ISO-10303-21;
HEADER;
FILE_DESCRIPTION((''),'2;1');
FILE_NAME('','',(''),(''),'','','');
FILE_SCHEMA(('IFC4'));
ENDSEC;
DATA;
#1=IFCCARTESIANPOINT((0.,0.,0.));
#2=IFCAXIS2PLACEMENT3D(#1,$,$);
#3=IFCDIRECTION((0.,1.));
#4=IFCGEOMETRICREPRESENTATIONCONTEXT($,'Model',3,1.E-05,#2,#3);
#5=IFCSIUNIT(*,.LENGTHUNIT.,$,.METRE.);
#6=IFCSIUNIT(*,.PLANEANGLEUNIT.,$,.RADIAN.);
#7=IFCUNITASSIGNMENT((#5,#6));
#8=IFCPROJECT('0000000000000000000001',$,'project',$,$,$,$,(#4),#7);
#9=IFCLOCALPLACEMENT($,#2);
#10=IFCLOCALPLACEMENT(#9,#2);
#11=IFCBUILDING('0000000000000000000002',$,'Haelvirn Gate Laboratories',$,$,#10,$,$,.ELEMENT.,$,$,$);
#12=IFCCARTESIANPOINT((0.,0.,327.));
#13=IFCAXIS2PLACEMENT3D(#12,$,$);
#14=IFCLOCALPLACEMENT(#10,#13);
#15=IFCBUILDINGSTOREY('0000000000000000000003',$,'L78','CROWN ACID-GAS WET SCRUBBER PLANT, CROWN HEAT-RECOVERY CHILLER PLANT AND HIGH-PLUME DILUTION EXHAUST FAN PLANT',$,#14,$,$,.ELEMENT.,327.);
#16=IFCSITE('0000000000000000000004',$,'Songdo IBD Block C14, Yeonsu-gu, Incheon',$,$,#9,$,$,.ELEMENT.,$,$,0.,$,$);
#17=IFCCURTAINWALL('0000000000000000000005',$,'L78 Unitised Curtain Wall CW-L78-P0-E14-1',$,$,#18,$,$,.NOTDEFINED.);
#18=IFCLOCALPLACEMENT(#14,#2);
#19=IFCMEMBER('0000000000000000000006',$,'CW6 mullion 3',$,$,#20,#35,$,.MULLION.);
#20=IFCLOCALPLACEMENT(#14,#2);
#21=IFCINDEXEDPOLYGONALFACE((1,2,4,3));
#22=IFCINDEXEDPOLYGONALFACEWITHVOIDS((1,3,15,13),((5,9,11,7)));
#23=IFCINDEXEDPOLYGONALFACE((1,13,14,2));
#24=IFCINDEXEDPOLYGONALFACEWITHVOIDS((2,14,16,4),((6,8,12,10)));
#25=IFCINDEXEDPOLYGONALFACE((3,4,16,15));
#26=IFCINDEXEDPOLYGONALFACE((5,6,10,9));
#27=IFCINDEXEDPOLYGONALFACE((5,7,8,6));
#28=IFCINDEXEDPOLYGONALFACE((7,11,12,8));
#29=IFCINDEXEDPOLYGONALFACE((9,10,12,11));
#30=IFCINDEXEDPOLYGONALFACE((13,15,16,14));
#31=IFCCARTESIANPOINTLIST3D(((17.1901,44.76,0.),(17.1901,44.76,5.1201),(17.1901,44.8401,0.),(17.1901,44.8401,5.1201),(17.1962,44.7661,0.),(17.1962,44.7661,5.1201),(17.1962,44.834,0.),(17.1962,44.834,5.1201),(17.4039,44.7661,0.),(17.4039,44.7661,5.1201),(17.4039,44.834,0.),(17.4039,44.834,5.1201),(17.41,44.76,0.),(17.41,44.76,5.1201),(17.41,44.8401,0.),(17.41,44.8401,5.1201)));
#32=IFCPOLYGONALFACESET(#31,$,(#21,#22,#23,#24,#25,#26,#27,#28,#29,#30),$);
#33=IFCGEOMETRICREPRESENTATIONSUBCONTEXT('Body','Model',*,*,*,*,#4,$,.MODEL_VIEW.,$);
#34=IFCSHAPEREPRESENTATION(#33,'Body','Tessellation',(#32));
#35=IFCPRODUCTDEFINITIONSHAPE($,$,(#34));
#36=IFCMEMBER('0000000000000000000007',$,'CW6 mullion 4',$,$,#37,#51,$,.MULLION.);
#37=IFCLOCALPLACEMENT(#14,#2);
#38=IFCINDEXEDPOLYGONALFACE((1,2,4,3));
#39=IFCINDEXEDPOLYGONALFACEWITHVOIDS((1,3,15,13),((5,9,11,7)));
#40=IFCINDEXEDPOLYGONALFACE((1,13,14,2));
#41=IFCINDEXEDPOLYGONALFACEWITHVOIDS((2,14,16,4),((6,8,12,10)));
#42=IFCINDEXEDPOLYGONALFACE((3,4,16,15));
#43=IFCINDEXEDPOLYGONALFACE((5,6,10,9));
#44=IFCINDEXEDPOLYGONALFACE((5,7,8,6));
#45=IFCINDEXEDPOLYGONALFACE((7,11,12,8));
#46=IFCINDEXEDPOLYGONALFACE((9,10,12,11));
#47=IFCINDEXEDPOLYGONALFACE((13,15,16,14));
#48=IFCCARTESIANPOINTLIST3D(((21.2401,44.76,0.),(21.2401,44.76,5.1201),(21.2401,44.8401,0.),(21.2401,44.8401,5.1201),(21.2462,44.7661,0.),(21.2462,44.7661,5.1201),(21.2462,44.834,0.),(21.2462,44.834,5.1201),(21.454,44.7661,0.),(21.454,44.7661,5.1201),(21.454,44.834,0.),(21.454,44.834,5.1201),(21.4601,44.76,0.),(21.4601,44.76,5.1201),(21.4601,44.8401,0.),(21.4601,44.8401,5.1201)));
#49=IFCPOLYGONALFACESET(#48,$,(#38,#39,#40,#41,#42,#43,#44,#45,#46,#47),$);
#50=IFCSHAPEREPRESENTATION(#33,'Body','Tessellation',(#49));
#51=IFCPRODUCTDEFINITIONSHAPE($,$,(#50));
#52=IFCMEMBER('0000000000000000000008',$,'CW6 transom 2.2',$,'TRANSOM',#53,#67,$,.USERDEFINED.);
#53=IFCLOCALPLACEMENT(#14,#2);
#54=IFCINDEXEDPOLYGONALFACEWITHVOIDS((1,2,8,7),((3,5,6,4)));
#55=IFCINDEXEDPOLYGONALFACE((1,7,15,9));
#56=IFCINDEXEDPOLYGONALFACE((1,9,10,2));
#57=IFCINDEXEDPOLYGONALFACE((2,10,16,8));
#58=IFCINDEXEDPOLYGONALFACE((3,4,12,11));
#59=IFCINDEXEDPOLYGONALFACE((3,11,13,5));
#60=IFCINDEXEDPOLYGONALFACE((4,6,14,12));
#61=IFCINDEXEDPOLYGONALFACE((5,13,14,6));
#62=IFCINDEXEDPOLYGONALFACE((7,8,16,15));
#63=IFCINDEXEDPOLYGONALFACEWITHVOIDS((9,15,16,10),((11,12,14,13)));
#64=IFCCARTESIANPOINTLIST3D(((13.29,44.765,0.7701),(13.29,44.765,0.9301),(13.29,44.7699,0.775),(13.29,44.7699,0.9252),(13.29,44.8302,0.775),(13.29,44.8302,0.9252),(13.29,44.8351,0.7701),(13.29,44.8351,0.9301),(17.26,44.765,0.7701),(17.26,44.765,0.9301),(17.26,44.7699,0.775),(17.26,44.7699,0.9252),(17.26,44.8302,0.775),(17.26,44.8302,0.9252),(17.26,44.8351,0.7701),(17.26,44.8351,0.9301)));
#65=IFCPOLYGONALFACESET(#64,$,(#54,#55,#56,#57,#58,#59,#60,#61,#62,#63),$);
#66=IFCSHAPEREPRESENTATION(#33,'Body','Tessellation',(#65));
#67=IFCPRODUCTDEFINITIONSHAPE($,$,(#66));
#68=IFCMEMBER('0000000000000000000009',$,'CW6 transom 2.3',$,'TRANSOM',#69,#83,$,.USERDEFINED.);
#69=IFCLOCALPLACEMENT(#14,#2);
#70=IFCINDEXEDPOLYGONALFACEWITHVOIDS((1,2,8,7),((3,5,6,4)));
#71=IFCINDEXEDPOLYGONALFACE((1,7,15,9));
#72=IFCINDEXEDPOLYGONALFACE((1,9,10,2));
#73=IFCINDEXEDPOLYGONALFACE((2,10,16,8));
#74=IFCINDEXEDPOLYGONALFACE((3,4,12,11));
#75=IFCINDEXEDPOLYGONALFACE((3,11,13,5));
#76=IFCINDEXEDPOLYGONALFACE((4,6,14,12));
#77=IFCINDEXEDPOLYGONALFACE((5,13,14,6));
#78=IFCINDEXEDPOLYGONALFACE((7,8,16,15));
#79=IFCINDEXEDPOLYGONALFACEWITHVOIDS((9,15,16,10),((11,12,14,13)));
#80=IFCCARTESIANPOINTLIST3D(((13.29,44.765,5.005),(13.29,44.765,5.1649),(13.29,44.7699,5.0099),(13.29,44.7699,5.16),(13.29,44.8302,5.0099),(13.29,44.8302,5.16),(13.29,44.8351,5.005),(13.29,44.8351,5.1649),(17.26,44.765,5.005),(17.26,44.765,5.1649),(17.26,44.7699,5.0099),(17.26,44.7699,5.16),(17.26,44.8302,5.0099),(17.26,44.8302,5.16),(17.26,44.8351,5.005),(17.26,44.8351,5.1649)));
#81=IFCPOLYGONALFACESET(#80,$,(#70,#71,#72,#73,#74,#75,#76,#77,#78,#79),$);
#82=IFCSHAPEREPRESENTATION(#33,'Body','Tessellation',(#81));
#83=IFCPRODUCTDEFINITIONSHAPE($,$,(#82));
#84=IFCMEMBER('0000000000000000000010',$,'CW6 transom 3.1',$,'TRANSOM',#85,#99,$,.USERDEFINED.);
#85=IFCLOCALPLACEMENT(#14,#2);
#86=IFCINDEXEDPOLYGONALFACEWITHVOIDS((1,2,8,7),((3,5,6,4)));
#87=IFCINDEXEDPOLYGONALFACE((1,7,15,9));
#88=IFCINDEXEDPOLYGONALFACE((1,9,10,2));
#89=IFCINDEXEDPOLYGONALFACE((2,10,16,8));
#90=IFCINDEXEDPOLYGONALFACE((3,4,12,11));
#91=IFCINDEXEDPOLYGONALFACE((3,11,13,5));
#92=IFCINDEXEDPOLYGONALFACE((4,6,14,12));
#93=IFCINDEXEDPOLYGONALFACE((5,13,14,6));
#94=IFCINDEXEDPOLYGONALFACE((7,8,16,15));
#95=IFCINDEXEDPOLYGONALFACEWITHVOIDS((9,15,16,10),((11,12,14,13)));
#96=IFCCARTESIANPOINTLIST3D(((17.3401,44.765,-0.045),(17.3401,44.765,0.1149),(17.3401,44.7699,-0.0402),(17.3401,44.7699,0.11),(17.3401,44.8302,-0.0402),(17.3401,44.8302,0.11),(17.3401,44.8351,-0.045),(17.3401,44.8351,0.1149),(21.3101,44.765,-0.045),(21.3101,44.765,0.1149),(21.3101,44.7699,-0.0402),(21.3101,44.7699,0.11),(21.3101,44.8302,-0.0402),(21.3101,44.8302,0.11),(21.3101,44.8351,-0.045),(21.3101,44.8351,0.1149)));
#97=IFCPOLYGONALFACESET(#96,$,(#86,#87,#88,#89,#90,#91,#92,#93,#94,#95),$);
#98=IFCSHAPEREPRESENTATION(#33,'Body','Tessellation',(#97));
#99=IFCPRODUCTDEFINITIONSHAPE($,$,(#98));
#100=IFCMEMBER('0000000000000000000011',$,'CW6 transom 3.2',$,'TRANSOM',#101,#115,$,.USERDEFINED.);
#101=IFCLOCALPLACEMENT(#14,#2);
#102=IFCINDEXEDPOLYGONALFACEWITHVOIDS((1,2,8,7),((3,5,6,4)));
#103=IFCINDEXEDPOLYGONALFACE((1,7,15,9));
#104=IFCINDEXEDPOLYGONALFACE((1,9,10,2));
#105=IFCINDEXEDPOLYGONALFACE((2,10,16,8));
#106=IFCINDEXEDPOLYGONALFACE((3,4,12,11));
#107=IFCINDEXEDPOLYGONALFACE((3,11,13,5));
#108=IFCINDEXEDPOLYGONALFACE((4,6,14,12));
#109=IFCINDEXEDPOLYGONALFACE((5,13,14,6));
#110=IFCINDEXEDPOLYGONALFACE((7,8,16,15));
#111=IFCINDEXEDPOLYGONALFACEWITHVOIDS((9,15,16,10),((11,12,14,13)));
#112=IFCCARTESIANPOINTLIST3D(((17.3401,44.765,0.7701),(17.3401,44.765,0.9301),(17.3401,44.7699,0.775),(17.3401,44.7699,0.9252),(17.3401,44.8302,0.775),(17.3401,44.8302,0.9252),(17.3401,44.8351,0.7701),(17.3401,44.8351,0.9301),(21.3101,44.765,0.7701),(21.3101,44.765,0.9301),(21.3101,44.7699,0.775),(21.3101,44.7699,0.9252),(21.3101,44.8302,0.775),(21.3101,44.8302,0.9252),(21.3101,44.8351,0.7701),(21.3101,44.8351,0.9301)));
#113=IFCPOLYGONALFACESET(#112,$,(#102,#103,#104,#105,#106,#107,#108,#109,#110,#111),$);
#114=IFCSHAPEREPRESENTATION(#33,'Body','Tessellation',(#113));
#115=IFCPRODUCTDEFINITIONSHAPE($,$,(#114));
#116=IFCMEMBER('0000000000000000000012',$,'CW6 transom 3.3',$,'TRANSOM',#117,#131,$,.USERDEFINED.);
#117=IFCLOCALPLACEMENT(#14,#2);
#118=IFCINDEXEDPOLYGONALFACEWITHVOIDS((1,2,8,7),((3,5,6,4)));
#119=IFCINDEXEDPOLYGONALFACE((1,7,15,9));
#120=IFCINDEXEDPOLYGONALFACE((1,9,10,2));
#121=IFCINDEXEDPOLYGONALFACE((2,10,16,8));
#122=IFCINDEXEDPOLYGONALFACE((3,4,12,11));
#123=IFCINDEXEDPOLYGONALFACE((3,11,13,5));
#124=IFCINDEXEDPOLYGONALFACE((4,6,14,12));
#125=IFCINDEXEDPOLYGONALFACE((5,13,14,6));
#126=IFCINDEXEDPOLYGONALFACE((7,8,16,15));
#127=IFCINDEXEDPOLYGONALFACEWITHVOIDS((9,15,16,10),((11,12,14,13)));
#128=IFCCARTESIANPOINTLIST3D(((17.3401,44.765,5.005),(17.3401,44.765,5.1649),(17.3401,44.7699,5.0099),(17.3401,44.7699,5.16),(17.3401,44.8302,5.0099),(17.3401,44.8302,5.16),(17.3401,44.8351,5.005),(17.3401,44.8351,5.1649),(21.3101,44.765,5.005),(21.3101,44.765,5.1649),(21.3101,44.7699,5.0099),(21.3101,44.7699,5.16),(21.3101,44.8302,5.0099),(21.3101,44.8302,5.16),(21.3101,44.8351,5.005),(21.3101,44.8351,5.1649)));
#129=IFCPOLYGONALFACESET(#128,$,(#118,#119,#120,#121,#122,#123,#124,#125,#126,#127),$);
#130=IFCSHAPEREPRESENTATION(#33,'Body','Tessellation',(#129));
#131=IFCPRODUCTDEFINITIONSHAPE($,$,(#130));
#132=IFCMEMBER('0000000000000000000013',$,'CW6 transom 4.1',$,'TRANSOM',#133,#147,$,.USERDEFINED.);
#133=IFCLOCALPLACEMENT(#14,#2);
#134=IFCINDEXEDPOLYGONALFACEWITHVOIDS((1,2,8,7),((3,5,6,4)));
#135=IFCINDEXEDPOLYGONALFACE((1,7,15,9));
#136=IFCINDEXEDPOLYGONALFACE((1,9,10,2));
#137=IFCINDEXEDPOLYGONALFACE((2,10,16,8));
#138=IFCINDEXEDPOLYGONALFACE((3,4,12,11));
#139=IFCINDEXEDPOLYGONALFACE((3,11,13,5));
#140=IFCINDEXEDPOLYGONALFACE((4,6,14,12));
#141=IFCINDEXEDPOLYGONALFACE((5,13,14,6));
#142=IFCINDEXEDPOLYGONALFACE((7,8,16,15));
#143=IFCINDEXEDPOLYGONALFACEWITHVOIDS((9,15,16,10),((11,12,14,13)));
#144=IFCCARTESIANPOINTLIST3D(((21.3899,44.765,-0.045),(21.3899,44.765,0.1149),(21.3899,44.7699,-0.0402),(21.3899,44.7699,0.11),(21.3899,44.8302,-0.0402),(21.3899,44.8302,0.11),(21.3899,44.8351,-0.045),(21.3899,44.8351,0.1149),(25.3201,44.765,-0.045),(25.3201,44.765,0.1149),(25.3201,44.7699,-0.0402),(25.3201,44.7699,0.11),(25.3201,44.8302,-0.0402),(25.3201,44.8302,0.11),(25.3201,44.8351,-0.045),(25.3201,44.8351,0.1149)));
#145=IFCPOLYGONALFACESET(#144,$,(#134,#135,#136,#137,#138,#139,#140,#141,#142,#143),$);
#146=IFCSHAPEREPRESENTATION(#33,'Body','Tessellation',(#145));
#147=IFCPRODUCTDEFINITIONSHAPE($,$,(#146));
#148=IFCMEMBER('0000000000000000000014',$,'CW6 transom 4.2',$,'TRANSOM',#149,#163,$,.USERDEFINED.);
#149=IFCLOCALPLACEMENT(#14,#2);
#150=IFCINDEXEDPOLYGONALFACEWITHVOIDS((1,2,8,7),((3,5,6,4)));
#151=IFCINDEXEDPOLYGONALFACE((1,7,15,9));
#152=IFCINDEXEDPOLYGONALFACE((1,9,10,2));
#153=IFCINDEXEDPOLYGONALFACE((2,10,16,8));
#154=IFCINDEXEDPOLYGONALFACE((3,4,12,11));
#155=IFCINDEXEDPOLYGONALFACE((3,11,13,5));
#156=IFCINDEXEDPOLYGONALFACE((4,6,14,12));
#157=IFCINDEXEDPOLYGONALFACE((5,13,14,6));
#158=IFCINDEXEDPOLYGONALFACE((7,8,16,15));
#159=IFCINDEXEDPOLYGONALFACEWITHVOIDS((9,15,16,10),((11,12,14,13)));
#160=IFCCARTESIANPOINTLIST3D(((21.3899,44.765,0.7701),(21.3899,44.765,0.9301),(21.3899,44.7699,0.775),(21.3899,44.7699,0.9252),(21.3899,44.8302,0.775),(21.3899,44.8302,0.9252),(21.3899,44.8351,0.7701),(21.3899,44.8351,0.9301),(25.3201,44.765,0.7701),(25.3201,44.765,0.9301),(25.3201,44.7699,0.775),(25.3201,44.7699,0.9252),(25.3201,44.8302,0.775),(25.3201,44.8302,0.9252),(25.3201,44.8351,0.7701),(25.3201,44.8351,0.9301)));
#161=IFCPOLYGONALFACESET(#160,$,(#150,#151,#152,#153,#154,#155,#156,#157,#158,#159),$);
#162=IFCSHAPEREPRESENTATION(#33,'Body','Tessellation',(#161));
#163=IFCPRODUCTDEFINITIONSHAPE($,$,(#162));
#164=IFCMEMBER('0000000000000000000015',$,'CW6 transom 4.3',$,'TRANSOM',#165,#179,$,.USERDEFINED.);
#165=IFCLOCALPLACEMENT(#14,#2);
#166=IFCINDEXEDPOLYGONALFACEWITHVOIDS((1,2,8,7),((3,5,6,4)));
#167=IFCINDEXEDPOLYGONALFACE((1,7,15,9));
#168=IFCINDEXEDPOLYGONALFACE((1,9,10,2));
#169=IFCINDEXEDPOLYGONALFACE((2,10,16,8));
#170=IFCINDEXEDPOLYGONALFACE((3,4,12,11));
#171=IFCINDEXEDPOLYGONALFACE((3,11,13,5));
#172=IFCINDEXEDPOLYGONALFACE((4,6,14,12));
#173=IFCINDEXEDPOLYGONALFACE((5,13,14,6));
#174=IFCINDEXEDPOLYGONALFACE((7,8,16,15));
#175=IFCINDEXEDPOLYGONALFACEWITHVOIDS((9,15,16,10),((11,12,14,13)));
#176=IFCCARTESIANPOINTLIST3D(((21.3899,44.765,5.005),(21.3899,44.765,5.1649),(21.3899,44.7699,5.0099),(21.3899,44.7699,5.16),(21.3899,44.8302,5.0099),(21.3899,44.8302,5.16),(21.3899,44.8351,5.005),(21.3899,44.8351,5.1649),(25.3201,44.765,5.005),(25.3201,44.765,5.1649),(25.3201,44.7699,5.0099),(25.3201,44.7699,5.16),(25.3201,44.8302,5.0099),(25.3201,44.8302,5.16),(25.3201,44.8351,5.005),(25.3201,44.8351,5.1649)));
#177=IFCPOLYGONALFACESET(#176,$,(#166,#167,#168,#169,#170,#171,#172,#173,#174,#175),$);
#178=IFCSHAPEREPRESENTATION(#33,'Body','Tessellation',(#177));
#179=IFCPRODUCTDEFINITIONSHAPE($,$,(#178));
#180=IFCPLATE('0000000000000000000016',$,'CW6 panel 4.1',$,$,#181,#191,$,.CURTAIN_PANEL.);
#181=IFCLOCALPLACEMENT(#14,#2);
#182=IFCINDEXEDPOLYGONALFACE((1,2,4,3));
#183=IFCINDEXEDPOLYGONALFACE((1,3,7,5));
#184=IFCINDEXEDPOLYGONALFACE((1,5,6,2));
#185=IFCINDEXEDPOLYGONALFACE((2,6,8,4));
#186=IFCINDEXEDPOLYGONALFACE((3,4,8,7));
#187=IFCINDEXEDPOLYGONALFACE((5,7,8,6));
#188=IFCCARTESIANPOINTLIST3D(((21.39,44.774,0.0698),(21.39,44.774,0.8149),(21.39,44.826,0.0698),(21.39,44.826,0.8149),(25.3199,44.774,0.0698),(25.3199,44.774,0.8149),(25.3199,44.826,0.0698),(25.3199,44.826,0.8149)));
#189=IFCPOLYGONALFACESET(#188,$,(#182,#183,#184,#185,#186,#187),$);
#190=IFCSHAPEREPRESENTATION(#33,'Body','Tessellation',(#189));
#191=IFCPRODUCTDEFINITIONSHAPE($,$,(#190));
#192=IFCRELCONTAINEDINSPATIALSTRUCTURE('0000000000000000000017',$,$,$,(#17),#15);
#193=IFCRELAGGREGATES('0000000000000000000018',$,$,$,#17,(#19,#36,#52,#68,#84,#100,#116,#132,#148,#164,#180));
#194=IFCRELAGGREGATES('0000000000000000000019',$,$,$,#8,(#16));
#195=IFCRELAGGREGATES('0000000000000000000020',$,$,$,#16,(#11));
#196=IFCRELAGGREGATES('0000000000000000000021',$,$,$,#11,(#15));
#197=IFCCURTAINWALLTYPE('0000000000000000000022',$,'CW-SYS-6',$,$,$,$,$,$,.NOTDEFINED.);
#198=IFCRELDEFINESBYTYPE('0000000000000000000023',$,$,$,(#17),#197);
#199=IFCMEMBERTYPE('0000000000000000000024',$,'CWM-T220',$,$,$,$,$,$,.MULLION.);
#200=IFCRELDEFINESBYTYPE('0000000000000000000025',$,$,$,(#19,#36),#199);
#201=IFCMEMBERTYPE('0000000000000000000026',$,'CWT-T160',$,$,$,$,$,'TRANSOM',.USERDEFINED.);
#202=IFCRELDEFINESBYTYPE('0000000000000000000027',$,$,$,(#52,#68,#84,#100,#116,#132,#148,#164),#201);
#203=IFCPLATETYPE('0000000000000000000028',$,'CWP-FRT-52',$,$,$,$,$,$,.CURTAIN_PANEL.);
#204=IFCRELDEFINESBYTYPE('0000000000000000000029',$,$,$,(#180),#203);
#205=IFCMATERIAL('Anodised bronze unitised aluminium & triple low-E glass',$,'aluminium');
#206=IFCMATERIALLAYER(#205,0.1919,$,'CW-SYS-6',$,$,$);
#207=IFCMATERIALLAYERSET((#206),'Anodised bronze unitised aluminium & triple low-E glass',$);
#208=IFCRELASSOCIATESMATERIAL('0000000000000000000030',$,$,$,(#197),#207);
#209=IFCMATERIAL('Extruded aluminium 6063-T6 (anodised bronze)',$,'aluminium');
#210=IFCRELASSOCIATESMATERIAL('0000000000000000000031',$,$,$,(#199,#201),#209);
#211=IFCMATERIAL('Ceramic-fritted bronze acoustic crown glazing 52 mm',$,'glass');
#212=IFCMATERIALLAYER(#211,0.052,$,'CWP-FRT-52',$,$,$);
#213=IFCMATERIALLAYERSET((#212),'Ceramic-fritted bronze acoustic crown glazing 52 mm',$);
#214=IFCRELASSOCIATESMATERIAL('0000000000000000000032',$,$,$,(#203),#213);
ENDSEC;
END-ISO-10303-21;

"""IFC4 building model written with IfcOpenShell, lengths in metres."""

from ifc_helpers import new_model, si_unit, direction, frame, origin, origin_2d, place, context, subcontext, project, spatial, rectangle, hollow_rectangle, extrude, source, transform, mapped, material, layer, layer_set, material_profile, profile_set, type_object, type_shapes, element, aggregate, save


model = new_model("IFC4")

# Units and contexts
model_context = context("Model", 3, precision=1e-05, world=origin(), true_north=direction((0.0, 1.0)))
body_context = subcontext(model_context, "Body", "Model", "MODEL_VIEW")
ifc_project = project(units=[si_unit("LENGTHUNIT", "METRE"), si_unit("PLANEANGLEUNIT", "RADIAN")], contexts=[model_context])

# Site, building, storey
site_placement = place(None, origin())
site = spatial("IfcSite", under=ifc_project, at=site_placement, Name="Songdo IBD Block C14, Yeonsu-gu, Incheon", CompositionType="ELEMENT", RefElevation=0.0)
building_placement = place(site_placement, origin())
building = spatial("IfcBuilding", under=site, at=building_placement, Name="Haelvirn Gate Laboratories", CompositionType="ELEMENT")
storey_placement = place(building_placement, frame((0.0, 0.0, 327.0)))
storey = spatial("IfcBuildingStorey", under=building, at=storey_placement, Name="L78", Description="CROWN ACID-GAS WET SCRUBBER PLANT, CROWN HEAT-RECOVERY CHILLER PLANT AND HIGH-PLUME DILUTION EXHAUST FAN PLANT", CompositionType="ELEMENT", Elevation=327.0)

# Curtain wall, members, plate
ifc_material_1 = material(Name="Anodised bronze unitised aluminium & triple low-E glass", Category="aluminium")
ifc_layer_1 = layer(ifc_material_1, 0.1919, Name="CW-SYS-6")
ifc_layer_set_1 = layer_set([ifc_layer_1], Name="Anodised bronze unitised aluminium & triple low-E glass")
curtain_wall_type = type_object("IfcCurtainWallType", Name="CW-SYS-6", PredefinedType="NOTDEFINED", material=ifc_layer_set_1)
curtain_wall_placement = place(storey_placement, origin())
curtain_wall = element("IfcCurtainWall", 1, at=curtain_wall_placement, inside=storey, type_object=curtain_wall_type, Name="L78 Unitised Curtain Wall CW-L78-P0-E14-1", PredefinedType="NOTDEFINED")
ifc_material_2 = material(Name="Extruded aluminium 6063-T6 (anodised bronze)", Category="aluminium")
ifc_material_profile_1 = material_profile(ifc_material_2, hollow_rectangle(XDim=0.0801, YDim=0.22, WallThickness=0.0061, at=origin_2d()), Name="CWM-220x80x6")
ifc_profile_set_1 = profile_set([ifc_material_profile_1], Name="Extruded aluminium 6063-T6 (anodised bronze)")
member_type_1 = type_object("IfcMemberType", Name="CWM-T220", PredefinedType="MULLION", material=ifc_profile_set_1)
shared_shape_1 = source(origin(), body_context, "Body", "SweptSolid", [
    extrude(hollow_rectangle(XDim=0.0801, YDim=0.22, WallThickness=0.0061, at=origin_2d()), origin(), (0.0, 0.0, 1.0), 5.1201),
])
type_shapes(member_type_1, [shared_shape_1])
member_1_placement = place(storey_placement, frame((17.3, 44.8, 0.0), z_axis=(0.0, 0.0, 1.0), x_axis=(0.0, 1.0, 0.0)))
member_1 = element("IfcMember", 2, at=member_1_placement, type_object=member_type_1, Name="CW6 mullion 3", PredefinedType="MULLION", context=body_context, shape_type="MappedRepresentation", body=[
    mapped(shared_shape_1, transform((0.0, 0.0, 0.0), scale=1.0)),
])
member_2_placement = place(storey_placement, frame((21.3501, 44.8, 0.0), z_axis=(0.0, 0.0, 1.0), x_axis=(0.0, 1.0, 0.0)))
member_2 = element("IfcMember", 3, at=member_2_placement, type_object=member_type_1, Name="CW6 mullion 4", PredefinedType="MULLION", context=body_context, shape_type="MappedRepresentation", body=[
    mapped(shared_shape_1, transform((0.0, 0.0, 0.0), scale=1.0)),
])
ifc_material_profile_2 = material_profile(ifc_material_2, hollow_rectangle(XDim=0.0701, YDim=0.1599, WallThickness=0.0049, at=origin_2d()), Name="CWT-160x70x5")
ifc_profile_set_2 = profile_set([ifc_material_profile_2], Name="Extruded aluminium 6063-T6 (anodised bronze)")
member_type_2 = type_object("IfcMemberType", Name="CWT-T160", ElementType="TRANSOM", PredefinedType="USERDEFINED", material=ifc_profile_set_2)
shared_shape_2 = source(origin(), body_context, "Body", "SweptSolid", [
    extrude(hollow_rectangle(XDim=0.0701, YDim=0.1599, WallThickness=0.0049, at=origin_2d()), origin(), (0.0, 0.0, 1.0), 3.97),
])
member_3_placement = place(storey_placement, frame((13.29, 44.8, 0.8501), z_axis=(1.0, 0.0, 0.0), x_axis=(0.0, 1.0, 0.0)))
member_3 = element("IfcMember", 4, at=member_3_placement, type_object=member_type_2, Name="CW6 transom 2.2", ObjectType="TRANSOM", PredefinedType="USERDEFINED", context=body_context, shape_type="MappedRepresentation", body=[
    mapped(shared_shape_2, transform((0.0, 0.0, 0.0), scale=1.0)),
])
member_4_placement = place(storey_placement, frame((13.29, 44.8, 5.085), z_axis=(1.0, 0.0, 0.0), x_axis=(0.0, 1.0, 0.0)))
member_4 = element("IfcMember", 5, at=member_4_placement, type_object=member_type_2, Name="CW6 transom 2.3", ObjectType="TRANSOM", PredefinedType="USERDEFINED", context=body_context, shape_type="MappedRepresentation", body=[
    mapped(shared_shape_2, transform((0.0, 0.0, 0.0), scale=1.0)),
])
member_5_placement = place(storey_placement, frame((17.3401, 44.8, 0.0349), z_axis=(1.0, 0.0, 0.0), x_axis=(0.0, 1.0, 0.0)))
member_5 = element("IfcMember", 6, at=member_5_placement, type_object=member_type_2, Name="CW6 transom 3.1", ObjectType="TRANSOM", PredefinedType="USERDEFINED", context=body_context, shape_type="MappedRepresentation", body=[
    mapped(shared_shape_2, transform((0.0, 0.0, 0.0), scale=1.0)),
])
member_6_placement = place(storey_placement, frame((17.3401, 44.8, 0.8501), z_axis=(1.0, 0.0, 0.0), x_axis=(0.0, 1.0, 0.0)))
member_6 = element("IfcMember", 7, at=member_6_placement, type_object=member_type_2, Name="CW6 transom 3.2", ObjectType="TRANSOM", PredefinedType="USERDEFINED", context=body_context, shape_type="MappedRepresentation", body=[
    mapped(shared_shape_2, transform((0.0, 0.0, 0.0), scale=1.0)),
])
member_7_placement = place(storey_placement, frame((17.3401, 44.8, 5.085), z_axis=(1.0, 0.0, 0.0), x_axis=(0.0, 1.0, 0.0)))
member_7 = element("IfcMember", 8, at=member_7_placement, type_object=member_type_2, Name="CW6 transom 3.3", ObjectType="TRANSOM", PredefinedType="USERDEFINED", context=body_context, shape_type="MappedRepresentation", body=[
    mapped(shared_shape_2, transform((0.0, 0.0, 0.0), scale=1.0)),
])
shared_shape_3 = source(origin(), body_context, "Body", "SweptSolid", [
    extrude(hollow_rectangle(XDim=0.0701, YDim=0.1599, WallThickness=0.0049, at=origin_2d()), origin(), (0.0, 0.0, 1.0), 3.9302),
])
type_shapes(member_type_2, [shared_shape_2, shared_shape_3])
member_8_placement = place(storey_placement, frame((21.3899, 44.8, 0.0349), z_axis=(1.0, 0.0, 0.0), x_axis=(0.0, 1.0, 0.0)))
member_8 = element("IfcMember", 9, at=member_8_placement, type_object=member_type_2, Name="CW6 transom 4.1", ObjectType="TRANSOM", PredefinedType="USERDEFINED", context=body_context, shape_type="MappedRepresentation", body=[
    mapped(shared_shape_3, transform((0.0, 0.0, 0.0), scale=1.0)),
])
member_9_placement = place(storey_placement, frame((21.3899, 44.8, 0.8501), z_axis=(1.0, 0.0, 0.0), x_axis=(0.0, 1.0, 0.0)))
member_9 = element("IfcMember", 10, at=member_9_placement, type_object=member_type_2, Name="CW6 transom 4.2", ObjectType="TRANSOM", PredefinedType="USERDEFINED", context=body_context, shape_type="MappedRepresentation", body=[
    mapped(shared_shape_3, transform((0.0, 0.0, 0.0), scale=1.0)),
])
member_10_placement = place(storey_placement, frame((21.3899, 44.8, 5.085), z_axis=(1.0, 0.0, 0.0), x_axis=(0.0, 1.0, 0.0)))
member_10 = element("IfcMember", 11, at=member_10_placement, type_object=member_type_2, Name="CW6 transom 4.3", ObjectType="TRANSOM", PredefinedType="USERDEFINED", context=body_context, shape_type="MappedRepresentation", body=[
    mapped(shared_shape_3, transform((0.0, 0.0, 0.0), scale=1.0)),
])
ifc_material_3 = material(Name="Ceramic-fritted bronze acoustic crown glazing 52 mm", Category="glass")
ifc_layer_2 = layer(ifc_material_3, 0.052, Name="CWP-FRT-52")
ifc_layer_set_2 = layer_set([ifc_layer_2], Name="Ceramic-fritted bronze acoustic crown glazing 52 mm")
plate_type = type_object("IfcPlateType", Name="CWP-FRT-52", PredefinedType="CURTAIN_PANEL", material=ifc_layer_set_2)
shared_shape_4 = source(origin(), body_context, "Body", "SweptSolid", [
    extrude(rectangle(XDim=3.9299, YDim=0.052, at=origin_2d()), origin(), (0.0, 0.0, 1.0), 0.7451),
])
plate_1_placement = place(storey_placement, frame((23.355, 44.8, 0.0698), z_axis=(0.0, 0.0, 1.0), x_axis=(1.0, 0.0, 0.0)))
plate_1 = element("IfcPlate", 12, at=plate_1_placement, type_object=plate_type, Name="CW6 panel 4.1", PredefinedType="CURTAIN_PANEL", context=body_context, shape_type="MappedRepresentation", body=[
    mapped(shared_shape_4, transform((0.0, 0.0, 0.0), scale=1.0)),
])
aggregate(curtain_wall, [member_1, member_2, member_3, member_4, member_5, member_6, member_7, member_8, member_9, member_10, plate_1])

save(model, "model.ifc")
